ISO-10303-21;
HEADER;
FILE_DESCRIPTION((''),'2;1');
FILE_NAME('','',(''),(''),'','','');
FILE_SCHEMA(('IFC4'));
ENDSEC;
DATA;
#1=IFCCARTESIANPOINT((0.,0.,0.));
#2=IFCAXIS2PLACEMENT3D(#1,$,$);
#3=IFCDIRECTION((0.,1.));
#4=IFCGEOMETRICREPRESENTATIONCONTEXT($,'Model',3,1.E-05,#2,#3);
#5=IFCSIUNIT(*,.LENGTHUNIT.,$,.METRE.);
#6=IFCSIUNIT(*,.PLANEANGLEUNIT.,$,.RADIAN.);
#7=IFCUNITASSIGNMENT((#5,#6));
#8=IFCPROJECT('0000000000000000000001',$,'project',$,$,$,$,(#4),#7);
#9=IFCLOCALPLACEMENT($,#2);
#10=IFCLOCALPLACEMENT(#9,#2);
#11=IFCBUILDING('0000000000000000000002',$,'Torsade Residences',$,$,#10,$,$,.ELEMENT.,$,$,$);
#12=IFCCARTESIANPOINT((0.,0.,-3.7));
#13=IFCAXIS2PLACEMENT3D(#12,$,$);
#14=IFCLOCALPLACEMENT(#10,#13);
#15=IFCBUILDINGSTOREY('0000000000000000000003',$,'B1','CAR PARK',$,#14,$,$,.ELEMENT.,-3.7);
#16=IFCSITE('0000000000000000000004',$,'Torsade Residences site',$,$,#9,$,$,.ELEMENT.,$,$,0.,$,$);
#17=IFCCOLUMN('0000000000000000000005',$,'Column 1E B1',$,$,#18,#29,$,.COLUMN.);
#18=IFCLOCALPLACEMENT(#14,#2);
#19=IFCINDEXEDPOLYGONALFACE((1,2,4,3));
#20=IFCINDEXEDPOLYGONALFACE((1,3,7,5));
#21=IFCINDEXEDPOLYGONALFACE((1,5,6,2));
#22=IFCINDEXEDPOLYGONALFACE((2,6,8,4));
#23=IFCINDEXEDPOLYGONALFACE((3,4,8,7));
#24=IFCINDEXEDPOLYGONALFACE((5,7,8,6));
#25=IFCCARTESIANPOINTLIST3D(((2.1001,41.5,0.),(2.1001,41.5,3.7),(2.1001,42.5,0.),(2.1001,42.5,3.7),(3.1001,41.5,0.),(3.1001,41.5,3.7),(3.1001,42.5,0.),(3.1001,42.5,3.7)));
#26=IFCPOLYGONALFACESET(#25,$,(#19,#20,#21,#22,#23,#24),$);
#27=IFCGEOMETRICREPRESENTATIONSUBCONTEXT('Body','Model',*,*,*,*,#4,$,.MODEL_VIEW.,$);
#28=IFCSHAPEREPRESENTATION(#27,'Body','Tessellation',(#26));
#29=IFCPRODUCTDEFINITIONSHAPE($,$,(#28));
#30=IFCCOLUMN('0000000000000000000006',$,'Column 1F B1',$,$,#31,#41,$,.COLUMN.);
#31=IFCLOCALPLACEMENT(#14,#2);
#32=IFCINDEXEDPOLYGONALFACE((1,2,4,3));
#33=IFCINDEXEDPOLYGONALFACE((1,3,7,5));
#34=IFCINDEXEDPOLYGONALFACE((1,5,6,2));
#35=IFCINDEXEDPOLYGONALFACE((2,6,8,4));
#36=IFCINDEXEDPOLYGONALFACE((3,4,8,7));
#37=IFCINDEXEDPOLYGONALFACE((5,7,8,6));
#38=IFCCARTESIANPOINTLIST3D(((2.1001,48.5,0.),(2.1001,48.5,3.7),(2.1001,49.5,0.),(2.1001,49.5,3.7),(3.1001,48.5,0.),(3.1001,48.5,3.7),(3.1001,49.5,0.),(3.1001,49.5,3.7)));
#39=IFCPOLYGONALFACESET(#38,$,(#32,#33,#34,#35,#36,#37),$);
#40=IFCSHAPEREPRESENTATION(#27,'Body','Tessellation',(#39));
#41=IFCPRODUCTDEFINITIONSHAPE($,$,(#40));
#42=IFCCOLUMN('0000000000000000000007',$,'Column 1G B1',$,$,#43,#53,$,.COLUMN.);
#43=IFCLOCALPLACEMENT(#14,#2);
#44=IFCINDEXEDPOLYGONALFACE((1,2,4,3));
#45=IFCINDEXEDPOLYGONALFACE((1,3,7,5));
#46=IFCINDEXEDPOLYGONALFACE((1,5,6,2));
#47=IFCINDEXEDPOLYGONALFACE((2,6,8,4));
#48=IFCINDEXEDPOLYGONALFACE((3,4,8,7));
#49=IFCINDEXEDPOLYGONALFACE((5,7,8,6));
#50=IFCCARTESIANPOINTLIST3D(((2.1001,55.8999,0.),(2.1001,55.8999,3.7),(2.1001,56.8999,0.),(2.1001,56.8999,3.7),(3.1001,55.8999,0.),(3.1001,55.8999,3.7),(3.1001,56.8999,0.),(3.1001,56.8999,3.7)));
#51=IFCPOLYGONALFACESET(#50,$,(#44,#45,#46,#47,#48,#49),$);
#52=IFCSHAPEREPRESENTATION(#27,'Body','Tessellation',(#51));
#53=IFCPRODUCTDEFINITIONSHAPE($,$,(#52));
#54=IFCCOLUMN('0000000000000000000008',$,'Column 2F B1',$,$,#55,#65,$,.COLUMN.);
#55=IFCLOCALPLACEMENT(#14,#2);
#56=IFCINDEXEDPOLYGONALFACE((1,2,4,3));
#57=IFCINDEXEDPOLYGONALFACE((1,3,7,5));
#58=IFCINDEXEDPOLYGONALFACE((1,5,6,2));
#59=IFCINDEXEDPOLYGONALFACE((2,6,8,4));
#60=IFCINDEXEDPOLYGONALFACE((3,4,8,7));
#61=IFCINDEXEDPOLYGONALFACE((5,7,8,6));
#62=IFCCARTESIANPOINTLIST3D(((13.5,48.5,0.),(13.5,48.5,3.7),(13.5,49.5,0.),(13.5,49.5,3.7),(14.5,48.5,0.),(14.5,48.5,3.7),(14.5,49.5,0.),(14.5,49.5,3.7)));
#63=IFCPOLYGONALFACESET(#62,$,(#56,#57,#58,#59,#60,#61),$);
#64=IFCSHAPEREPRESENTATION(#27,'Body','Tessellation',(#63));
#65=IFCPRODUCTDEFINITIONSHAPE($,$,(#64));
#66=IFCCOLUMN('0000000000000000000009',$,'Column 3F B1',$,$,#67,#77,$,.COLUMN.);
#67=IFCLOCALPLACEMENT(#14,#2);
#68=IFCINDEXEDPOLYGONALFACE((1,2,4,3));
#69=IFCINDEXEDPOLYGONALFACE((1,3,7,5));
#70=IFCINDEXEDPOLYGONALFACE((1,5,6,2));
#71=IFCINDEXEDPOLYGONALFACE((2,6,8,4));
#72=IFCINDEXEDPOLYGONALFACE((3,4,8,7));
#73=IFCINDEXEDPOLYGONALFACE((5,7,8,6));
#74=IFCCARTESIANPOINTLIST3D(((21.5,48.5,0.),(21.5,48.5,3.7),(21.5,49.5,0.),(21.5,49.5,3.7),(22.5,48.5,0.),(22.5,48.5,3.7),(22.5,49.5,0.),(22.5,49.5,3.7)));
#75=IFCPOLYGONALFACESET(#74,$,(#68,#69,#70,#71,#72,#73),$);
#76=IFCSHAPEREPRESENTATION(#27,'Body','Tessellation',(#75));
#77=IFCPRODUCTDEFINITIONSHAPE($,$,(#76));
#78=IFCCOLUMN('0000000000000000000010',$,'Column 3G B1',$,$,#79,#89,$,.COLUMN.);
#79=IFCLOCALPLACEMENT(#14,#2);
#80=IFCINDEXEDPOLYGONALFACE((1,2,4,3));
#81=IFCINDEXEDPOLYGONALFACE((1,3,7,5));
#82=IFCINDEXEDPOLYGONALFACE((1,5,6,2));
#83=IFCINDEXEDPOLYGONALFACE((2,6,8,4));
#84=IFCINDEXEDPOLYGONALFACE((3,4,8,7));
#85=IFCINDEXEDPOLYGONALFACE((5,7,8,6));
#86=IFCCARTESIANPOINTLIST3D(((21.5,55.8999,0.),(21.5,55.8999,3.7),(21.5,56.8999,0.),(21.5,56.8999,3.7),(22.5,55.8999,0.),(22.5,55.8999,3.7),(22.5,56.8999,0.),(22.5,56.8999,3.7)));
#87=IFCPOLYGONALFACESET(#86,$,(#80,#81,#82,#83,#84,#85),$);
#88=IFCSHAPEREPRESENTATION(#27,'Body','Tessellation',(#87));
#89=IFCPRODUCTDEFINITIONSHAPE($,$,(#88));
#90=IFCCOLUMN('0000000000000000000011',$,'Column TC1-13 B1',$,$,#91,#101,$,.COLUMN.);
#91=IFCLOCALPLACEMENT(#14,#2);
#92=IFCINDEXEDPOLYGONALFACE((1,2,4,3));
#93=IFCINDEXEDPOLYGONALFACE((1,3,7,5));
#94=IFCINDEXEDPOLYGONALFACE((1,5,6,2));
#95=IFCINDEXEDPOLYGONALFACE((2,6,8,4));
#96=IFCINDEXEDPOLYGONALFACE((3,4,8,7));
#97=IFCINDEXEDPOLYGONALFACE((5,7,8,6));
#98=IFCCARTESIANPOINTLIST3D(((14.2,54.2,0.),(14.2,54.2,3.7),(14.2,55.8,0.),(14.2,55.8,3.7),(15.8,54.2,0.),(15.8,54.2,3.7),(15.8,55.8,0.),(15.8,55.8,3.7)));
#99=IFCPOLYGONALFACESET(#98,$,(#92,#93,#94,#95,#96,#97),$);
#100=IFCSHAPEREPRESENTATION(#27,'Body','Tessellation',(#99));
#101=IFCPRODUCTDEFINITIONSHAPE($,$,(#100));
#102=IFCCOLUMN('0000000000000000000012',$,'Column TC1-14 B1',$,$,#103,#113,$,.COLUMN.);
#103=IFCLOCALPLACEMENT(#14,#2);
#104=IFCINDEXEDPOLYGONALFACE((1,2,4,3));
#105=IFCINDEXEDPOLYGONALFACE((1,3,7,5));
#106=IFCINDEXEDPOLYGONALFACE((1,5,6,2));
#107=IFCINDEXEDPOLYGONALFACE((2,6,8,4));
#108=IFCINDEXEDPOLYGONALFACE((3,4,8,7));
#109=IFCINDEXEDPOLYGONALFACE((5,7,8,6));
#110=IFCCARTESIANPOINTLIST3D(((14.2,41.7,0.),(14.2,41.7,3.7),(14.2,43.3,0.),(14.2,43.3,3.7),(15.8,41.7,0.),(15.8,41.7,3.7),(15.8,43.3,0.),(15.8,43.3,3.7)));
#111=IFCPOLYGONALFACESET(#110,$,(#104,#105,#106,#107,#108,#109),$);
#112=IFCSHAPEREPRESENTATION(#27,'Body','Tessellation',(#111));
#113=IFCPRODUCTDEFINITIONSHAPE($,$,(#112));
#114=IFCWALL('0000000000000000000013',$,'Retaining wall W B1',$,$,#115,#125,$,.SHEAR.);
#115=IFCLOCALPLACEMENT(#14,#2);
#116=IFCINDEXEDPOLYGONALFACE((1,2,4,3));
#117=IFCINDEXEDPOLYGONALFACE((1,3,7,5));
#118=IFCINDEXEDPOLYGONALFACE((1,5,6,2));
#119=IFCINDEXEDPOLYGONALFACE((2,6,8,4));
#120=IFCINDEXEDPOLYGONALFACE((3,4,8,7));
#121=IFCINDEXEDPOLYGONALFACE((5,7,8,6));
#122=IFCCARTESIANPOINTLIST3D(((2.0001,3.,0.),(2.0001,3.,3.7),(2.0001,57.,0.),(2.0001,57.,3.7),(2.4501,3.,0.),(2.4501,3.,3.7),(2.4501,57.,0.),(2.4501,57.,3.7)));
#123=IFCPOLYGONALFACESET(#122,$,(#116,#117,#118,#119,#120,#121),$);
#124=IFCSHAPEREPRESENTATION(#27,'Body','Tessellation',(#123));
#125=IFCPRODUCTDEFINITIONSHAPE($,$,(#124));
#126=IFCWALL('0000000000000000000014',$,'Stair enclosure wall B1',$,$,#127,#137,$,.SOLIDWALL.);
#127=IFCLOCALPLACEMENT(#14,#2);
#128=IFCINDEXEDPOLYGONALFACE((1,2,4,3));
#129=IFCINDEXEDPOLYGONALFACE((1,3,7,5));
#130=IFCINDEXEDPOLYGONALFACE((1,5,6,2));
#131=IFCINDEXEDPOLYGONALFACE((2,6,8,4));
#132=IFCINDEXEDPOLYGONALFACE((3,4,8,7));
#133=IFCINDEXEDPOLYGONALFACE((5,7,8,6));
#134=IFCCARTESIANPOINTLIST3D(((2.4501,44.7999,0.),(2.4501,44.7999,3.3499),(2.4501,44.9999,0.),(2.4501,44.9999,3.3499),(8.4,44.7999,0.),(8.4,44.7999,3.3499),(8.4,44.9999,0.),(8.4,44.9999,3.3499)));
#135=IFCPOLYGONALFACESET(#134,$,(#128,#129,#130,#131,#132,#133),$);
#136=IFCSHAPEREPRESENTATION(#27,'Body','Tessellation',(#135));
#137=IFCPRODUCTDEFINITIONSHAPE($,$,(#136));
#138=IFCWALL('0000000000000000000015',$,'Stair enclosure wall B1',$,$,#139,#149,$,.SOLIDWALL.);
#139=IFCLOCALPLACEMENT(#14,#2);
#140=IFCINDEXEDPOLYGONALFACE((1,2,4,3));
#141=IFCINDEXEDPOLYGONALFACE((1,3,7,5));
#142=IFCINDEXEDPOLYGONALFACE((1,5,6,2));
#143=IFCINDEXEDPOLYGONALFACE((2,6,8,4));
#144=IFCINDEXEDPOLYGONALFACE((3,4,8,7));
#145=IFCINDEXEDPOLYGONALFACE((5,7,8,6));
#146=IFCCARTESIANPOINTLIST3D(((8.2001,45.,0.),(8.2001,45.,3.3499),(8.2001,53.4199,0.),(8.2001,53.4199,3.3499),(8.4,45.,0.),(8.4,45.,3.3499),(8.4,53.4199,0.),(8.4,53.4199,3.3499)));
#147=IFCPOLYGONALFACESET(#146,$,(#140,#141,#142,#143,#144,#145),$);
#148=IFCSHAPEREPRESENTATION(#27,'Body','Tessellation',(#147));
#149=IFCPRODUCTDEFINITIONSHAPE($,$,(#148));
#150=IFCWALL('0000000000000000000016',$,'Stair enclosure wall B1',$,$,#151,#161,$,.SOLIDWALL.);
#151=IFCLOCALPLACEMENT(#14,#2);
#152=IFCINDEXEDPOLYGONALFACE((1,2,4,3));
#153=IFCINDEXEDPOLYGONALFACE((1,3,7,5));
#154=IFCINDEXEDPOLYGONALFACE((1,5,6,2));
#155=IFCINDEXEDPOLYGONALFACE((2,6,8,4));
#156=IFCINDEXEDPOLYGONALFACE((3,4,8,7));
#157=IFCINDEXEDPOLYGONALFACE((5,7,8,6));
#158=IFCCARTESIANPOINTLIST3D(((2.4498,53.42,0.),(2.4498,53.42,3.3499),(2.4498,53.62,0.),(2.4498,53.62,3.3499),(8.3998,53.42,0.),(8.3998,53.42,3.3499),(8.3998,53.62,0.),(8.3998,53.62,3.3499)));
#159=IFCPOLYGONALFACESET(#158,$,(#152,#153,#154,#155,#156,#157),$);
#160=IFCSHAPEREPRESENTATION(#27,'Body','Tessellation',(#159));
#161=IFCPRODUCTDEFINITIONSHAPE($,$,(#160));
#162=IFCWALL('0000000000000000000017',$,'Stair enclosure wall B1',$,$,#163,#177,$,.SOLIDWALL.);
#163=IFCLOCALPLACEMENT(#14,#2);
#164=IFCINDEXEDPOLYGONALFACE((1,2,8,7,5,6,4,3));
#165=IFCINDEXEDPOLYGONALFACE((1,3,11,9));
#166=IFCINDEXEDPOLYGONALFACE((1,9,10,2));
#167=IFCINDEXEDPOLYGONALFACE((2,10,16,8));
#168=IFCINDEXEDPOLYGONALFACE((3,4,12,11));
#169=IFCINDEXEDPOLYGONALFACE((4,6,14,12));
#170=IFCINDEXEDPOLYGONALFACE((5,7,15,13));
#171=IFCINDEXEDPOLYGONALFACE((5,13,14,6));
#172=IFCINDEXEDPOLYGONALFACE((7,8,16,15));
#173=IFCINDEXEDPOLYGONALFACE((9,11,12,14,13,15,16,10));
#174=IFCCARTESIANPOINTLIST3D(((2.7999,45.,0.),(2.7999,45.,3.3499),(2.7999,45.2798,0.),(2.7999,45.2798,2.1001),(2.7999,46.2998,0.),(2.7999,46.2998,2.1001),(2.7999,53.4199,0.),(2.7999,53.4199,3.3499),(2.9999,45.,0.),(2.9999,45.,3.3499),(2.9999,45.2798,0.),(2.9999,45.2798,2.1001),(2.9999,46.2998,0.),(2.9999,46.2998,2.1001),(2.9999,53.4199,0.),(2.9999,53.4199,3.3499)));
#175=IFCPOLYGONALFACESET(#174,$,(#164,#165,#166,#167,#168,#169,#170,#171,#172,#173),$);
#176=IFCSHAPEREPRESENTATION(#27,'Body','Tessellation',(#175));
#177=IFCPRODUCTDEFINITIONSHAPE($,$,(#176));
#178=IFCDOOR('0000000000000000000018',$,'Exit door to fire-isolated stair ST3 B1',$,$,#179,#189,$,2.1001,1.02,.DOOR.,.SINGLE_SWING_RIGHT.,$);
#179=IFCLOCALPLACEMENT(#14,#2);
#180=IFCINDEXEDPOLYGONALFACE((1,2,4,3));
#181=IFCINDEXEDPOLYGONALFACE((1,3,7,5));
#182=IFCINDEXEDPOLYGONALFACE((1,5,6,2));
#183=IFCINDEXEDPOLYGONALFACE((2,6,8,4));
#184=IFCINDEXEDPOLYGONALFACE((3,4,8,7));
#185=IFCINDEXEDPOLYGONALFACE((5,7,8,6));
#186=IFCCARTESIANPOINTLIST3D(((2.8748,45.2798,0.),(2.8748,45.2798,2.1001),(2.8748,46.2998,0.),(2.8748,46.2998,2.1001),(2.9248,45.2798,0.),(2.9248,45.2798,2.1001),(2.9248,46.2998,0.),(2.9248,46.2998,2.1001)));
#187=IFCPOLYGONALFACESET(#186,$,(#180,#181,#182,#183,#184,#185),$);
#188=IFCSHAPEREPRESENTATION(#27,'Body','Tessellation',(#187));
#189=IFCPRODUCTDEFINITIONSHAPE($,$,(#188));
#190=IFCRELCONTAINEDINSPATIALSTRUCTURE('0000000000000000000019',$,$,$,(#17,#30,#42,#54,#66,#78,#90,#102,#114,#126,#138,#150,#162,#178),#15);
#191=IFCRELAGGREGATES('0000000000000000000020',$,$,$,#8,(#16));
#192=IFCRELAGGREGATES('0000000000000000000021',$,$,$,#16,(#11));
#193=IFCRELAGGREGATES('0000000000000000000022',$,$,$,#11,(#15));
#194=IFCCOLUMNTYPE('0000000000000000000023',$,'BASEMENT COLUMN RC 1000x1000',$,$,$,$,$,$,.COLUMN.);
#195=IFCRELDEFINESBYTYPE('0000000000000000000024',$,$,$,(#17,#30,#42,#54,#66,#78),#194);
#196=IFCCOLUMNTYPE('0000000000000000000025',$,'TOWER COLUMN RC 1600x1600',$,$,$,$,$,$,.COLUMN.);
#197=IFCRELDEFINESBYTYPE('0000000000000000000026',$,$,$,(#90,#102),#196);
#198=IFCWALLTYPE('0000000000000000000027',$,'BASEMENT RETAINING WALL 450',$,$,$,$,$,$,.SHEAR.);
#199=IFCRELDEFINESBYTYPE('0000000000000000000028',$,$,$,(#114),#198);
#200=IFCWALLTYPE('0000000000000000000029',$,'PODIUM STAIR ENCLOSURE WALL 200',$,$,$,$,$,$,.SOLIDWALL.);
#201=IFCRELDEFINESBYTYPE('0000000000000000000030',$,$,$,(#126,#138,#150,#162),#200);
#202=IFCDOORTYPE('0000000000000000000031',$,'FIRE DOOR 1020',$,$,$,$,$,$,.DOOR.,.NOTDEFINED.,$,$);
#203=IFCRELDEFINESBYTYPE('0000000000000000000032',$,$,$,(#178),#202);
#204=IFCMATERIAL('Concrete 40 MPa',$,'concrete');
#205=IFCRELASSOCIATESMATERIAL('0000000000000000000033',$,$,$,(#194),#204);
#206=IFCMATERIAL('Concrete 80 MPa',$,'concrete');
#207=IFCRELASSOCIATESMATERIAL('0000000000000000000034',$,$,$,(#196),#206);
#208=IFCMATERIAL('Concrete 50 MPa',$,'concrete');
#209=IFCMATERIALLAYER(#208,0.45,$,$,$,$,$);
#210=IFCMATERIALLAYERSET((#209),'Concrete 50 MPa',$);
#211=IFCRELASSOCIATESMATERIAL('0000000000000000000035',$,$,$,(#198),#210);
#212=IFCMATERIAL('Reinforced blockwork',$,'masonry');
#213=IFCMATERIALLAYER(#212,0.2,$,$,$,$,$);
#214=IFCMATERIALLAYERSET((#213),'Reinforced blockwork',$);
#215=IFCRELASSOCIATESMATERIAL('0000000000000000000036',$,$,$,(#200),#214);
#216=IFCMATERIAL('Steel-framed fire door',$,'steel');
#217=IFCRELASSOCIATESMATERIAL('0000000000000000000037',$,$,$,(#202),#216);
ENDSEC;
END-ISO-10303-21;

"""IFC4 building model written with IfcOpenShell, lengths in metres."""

from ifc_helpers import new_model, si_unit, direction, frame, frame_2d, origin, origin_2d, place, context, subcontext, project, spatial, rectangle, extrude, material, layer, layer_set, material_profile, profile_set, type_object, element, fill, save


model = new_model("IFC4")

# Units and contexts
model_context = context("Model", 3, precision=1e-05, world=origin(), true_north=direction((0.0, 1.0)))
body_context = subcontext(model_context, "Body", "Model", "MODEL_VIEW")
ifc_project = project(units=[si_unit("LENGTHUNIT", "METRE"), si_unit("PLANEANGLEUNIT", "RADIAN")], contexts=[model_context])

# Site, building, storey
site_placement = place(None, origin())
site = spatial("IfcSite", under=ifc_project, at=site_placement, Name="Torsade Residences site", CompositionType="ELEMENT", RefElevation=0.0)
building_placement = place(site_placement, origin())
building = spatial("IfcBuilding", under=site, at=building_placement, Name="Torsade Residences", CompositionType="ELEMENT")
storey_placement = place(building_placement, frame((0.0, 0.0, -3.7)))
storey = spatial("IfcBuildingStorey", under=building, at=storey_placement, Name="B1", Description="CAR PARK", CompositionType="ELEMENT", Elevation=-3.7)

# Columns
ifc_material_1 = material(Name="Concrete 40 MPa", Category="concrete")
ifc_material_profile_1 = material_profile(ifc_material_1, rectangle(XDim=1.0, YDim=1.0, at=origin_2d()), Name="RC 1000x1000")
ifc_profile_set_1 = profile_set([ifc_material_profile_1], Name="Concrete 40 MPa")
column_type_1 = type_object("IfcColumnType", Name="BASEMENT COLUMN RC 1000x1000", PredefinedType="COLUMN", material=ifc_profile_set_1)
for number, where, z_axis, x_axis, name in (
    (1, (2.6001, 42.0, 0.0), (0.0, 0.0, 1.0), (1.0, 0.0, 0.0), "Column 1E B1"),
    (2, (2.6001, 49.0, 0.0), (0.0, 0.0, 1.0), (1.0, 0.0, 0.0), "Column 1F B1"),
    (3, (2.6001, 56.3999, 0.0), (0.0, 0.0, 1.0), (1.0, 0.0, 0.0), "Column 1G B1"),
    (4, (14.0, 49.0, 0.0), (0.0, 0.0, 1.0), (1.0, 0.0, 0.0), "Column 2F B1"),
    (5, (22.0, 49.0, 0.0), (0.0, 0.0, 1.0), (1.0, 0.0, 0.0), "Column 3F B1"),
    (6, (22.0, 56.3999, 0.0), (0.0, 0.0, 1.0), (1.0, 0.0, 0.0), "Column 3G B1"),
):
    element("IfcColumn", number, at=place(storey_placement, frame(where, z_axis=z_axis, x_axis=x_axis)), inside=storey, type_object=column_type_1, Name=name, PredefinedType="COLUMN", context=body_context, shape_type="SweptSolid", body=[
        extrude(rectangle(XDim=1.0, YDim=1.0, at=origin_2d()), origin(), (0.0, 0.0, 1.0), 3.7),
    ])
ifc_material_2 = material(Name="Concrete 80 MPa", Category="concrete")
ifc_material_profile_2 = material_profile(ifc_material_2, rectangle(XDim=1.6001, YDim=1.6001, at=origin_2d()), Name="RC 1600x1600")
ifc_profile_set_2 = profile_set([ifc_material_profile_2], Name="Concrete 80 MPa")
column_type_2 = type_object("IfcColumnType", Name="TOWER COLUMN RC 1600x1600", PredefinedType="COLUMN", material=ifc_profile_set_2)
for number, where, z_axis, x_axis, name in (
    (7, (15.0, 55.0, 0.0), (0.0, 0.0, 1.0), (1.0, 0.0, 0.0), "Column TC1-13 B1"),
    (8, (15.0, 42.5, 0.0), (0.0, 0.0, 1.0), (1.0, 0.0, 0.0), "Column TC1-14 B1"),
):
    element("IfcColumn", number, at=place(storey_placement, frame(where, z_axis=z_axis, x_axis=x_axis)), inside=storey, type_object=column_type_2, Name=name, PredefinedType="COLUMN", context=body_context, shape_type="SweptSolid", body=[
        extrude(rectangle(XDim=1.6001, YDim=1.6001, at=origin_2d()), origin(), (0.0, 0.0, 1.0), 3.7),
    ])

# Walls
ifc_material_3 = material(Name="Concrete 50 MPa", Category="concrete")
ifc_layer_1 = layer(ifc_material_3, 0.45)
ifc_layer_set_1 = layer_set([ifc_layer_1], Name="Concrete 50 MPa")
wall_type_1 = type_object("IfcWallType", Name="BASEMENT RETAINING WALL 450", PredefinedType="SHEAR", material=ifc_layer_set_1)
wall_1_placement = place(storey_placement, frame((2.2251, 57.0, 0.0), z_axis=(0.0, 0.0, 1.0), x_axis=(0.0, -1.0, 0.0)))
element("IfcWall", 9, at=wall_1_placement, inside=storey, type_object=wall_type_1, Name="Retaining wall W B1", PredefinedType="SHEAR", context=body_context, shape_type="SweptSolid", body=[
    extrude(rectangle(XDim=54.0, YDim=0.45, at=frame_2d((27.0, 0.0))), origin(), (0.0, 0.0, 1.0), 3.7),
])
ifc_material_4 = material(Name="Reinforced blockwork", Category="masonry")
ifc_layer_2 = layer(ifc_material_4, 0.2)
ifc_layer_set_2 = layer_set([ifc_layer_2], Name="Reinforced blockwork")
wall_type_2 = type_object("IfcWallType", Name="PODIUM STAIR ENCLOSURE WALL 200", PredefinedType="SOLIDWALL", material=ifc_layer_set_2)
wall_2_placement = place(storey_placement, frame((2.45, 44.8999, 0.0), z_axis=(0.0, 0.0, 1.0), x_axis=(1.0, 0.0, 0.0)))
element("IfcWall", 10, at=wall_2_placement, inside=storey, type_object=wall_type_2, Name="Stair enclosure wall B1", PredefinedType="SOLIDWALL", context=body_context, shape_type="SweptSolid", body=[
    extrude(rectangle(XDim=5.95, YDim=0.2, at=frame_2d((2.9751, 0.0))), origin(), (0.0, 0.0, 1.0), 3.3499),
])
wall_3_placement = place(storey_placement, frame((8.3, 45.0, 0.0), z_axis=(0.0, 0.0, 1.0), x_axis=(0.0, 1.0, 0.0)))
element("IfcWall", 11, at=wall_3_placement, inside=storey, type_object=wall_type_2, Name="Stair enclosure wall B1", PredefinedType="SOLIDWALL", context=body_context, shape_type="SweptSolid", body=[
    extrude(rectangle(XDim=8.4199, YDim=0.2, at=frame_2d((4.21, 0.0))), origin(), (0.0, 0.0, 1.0), 3.3499),
])
wall_4_placement = place(storey_placement, frame((8.3999, 53.52, 0.0), z_axis=(0.0, 0.0, 1.0), x_axis=(-1.0, 0.0, 0.0)))
element("IfcWall", 12, at=wall_4_placement, inside=storey, type_object=wall_type_2, Name="Stair enclosure wall B1", PredefinedType="SOLIDWALL", context=body_context, shape_type="SweptSolid", body=[
    extrude(rectangle(XDim=5.95, YDim=0.2, at=frame_2d((2.9751, 0.0))), origin(), (0.0, 0.0, 1.0), 3.3499),
])

# Wall, opening, door
wall_5_placement = place(storey_placement, frame((2.8999, 53.4199, 0.0), z_axis=(0.0, 0.0, 1.0), x_axis=(0.0, -1.0, 0.0)))
wall_5 = element("IfcWall", 13, at=wall_5_placement, inside=storey, type_object=wall_type_2, Name="Stair enclosure wall B1", PredefinedType="SOLIDWALL", context=body_context, shape_type="SweptSolid", body=[
    extrude(rectangle(XDim=8.4199, YDim=0.2, at=frame_2d((4.21, 0.0))), origin(), (0.0, 0.0, 1.0), 3.3499),
])
opening_placement = place(wall_5_placement, frame((7.1201, 0.0, 0.0)))
opening = element("IfcOpeningElement", 14, at=opening_placement, cuts=wall_5, PredefinedType="OPENING", context=body_context, shape_type="SweptSolid", body=[
    extrude(rectangle(XDim=1.02, YDim=2.1001, at=frame_2d((0.51, 1.05))), frame((0.0, 0.1099, 0.0), z_axis=(0.0, -1.0, 0.0), x_axis=(1.0, 0.0, 0.0)), (0.0, 0.0, 1.0), 0.22),
])
ifc_material_5 = material(Name="Steel-framed fire door", Category="steel")
door_type = type_object("IfcDoorType", Name="FIRE DOOR 1020", OperationType="NOTDEFINED", PredefinedType="DOOR", material=ifc_material_5)
door_placement = place(opening_placement, origin())
door = element("IfcDoor", 15, at=door_placement, inside=storey, type_object=door_type, Name="Exit door to fire-isolated stair ST3 B1", OperationType="SINGLE_SWING_RIGHT", OverallHeight=2.1001, OverallWidth=1.02, PredefinedType="DOOR", context=body_context, shape_type="SweptSolid", body=[
    extrude(rectangle(XDim=1.02, YDim=2.1001, at=frame_2d((0.51, 1.05))), frame((0.0, 0.0249, 0.0), z_axis=(0.0, -1.0, 0.0), x_axis=(1.0, 0.0, 0.0)), (0.0, 0.0, 1.0), 0.05),
])
fill(opening, door)

save(model, "model.ifc")
